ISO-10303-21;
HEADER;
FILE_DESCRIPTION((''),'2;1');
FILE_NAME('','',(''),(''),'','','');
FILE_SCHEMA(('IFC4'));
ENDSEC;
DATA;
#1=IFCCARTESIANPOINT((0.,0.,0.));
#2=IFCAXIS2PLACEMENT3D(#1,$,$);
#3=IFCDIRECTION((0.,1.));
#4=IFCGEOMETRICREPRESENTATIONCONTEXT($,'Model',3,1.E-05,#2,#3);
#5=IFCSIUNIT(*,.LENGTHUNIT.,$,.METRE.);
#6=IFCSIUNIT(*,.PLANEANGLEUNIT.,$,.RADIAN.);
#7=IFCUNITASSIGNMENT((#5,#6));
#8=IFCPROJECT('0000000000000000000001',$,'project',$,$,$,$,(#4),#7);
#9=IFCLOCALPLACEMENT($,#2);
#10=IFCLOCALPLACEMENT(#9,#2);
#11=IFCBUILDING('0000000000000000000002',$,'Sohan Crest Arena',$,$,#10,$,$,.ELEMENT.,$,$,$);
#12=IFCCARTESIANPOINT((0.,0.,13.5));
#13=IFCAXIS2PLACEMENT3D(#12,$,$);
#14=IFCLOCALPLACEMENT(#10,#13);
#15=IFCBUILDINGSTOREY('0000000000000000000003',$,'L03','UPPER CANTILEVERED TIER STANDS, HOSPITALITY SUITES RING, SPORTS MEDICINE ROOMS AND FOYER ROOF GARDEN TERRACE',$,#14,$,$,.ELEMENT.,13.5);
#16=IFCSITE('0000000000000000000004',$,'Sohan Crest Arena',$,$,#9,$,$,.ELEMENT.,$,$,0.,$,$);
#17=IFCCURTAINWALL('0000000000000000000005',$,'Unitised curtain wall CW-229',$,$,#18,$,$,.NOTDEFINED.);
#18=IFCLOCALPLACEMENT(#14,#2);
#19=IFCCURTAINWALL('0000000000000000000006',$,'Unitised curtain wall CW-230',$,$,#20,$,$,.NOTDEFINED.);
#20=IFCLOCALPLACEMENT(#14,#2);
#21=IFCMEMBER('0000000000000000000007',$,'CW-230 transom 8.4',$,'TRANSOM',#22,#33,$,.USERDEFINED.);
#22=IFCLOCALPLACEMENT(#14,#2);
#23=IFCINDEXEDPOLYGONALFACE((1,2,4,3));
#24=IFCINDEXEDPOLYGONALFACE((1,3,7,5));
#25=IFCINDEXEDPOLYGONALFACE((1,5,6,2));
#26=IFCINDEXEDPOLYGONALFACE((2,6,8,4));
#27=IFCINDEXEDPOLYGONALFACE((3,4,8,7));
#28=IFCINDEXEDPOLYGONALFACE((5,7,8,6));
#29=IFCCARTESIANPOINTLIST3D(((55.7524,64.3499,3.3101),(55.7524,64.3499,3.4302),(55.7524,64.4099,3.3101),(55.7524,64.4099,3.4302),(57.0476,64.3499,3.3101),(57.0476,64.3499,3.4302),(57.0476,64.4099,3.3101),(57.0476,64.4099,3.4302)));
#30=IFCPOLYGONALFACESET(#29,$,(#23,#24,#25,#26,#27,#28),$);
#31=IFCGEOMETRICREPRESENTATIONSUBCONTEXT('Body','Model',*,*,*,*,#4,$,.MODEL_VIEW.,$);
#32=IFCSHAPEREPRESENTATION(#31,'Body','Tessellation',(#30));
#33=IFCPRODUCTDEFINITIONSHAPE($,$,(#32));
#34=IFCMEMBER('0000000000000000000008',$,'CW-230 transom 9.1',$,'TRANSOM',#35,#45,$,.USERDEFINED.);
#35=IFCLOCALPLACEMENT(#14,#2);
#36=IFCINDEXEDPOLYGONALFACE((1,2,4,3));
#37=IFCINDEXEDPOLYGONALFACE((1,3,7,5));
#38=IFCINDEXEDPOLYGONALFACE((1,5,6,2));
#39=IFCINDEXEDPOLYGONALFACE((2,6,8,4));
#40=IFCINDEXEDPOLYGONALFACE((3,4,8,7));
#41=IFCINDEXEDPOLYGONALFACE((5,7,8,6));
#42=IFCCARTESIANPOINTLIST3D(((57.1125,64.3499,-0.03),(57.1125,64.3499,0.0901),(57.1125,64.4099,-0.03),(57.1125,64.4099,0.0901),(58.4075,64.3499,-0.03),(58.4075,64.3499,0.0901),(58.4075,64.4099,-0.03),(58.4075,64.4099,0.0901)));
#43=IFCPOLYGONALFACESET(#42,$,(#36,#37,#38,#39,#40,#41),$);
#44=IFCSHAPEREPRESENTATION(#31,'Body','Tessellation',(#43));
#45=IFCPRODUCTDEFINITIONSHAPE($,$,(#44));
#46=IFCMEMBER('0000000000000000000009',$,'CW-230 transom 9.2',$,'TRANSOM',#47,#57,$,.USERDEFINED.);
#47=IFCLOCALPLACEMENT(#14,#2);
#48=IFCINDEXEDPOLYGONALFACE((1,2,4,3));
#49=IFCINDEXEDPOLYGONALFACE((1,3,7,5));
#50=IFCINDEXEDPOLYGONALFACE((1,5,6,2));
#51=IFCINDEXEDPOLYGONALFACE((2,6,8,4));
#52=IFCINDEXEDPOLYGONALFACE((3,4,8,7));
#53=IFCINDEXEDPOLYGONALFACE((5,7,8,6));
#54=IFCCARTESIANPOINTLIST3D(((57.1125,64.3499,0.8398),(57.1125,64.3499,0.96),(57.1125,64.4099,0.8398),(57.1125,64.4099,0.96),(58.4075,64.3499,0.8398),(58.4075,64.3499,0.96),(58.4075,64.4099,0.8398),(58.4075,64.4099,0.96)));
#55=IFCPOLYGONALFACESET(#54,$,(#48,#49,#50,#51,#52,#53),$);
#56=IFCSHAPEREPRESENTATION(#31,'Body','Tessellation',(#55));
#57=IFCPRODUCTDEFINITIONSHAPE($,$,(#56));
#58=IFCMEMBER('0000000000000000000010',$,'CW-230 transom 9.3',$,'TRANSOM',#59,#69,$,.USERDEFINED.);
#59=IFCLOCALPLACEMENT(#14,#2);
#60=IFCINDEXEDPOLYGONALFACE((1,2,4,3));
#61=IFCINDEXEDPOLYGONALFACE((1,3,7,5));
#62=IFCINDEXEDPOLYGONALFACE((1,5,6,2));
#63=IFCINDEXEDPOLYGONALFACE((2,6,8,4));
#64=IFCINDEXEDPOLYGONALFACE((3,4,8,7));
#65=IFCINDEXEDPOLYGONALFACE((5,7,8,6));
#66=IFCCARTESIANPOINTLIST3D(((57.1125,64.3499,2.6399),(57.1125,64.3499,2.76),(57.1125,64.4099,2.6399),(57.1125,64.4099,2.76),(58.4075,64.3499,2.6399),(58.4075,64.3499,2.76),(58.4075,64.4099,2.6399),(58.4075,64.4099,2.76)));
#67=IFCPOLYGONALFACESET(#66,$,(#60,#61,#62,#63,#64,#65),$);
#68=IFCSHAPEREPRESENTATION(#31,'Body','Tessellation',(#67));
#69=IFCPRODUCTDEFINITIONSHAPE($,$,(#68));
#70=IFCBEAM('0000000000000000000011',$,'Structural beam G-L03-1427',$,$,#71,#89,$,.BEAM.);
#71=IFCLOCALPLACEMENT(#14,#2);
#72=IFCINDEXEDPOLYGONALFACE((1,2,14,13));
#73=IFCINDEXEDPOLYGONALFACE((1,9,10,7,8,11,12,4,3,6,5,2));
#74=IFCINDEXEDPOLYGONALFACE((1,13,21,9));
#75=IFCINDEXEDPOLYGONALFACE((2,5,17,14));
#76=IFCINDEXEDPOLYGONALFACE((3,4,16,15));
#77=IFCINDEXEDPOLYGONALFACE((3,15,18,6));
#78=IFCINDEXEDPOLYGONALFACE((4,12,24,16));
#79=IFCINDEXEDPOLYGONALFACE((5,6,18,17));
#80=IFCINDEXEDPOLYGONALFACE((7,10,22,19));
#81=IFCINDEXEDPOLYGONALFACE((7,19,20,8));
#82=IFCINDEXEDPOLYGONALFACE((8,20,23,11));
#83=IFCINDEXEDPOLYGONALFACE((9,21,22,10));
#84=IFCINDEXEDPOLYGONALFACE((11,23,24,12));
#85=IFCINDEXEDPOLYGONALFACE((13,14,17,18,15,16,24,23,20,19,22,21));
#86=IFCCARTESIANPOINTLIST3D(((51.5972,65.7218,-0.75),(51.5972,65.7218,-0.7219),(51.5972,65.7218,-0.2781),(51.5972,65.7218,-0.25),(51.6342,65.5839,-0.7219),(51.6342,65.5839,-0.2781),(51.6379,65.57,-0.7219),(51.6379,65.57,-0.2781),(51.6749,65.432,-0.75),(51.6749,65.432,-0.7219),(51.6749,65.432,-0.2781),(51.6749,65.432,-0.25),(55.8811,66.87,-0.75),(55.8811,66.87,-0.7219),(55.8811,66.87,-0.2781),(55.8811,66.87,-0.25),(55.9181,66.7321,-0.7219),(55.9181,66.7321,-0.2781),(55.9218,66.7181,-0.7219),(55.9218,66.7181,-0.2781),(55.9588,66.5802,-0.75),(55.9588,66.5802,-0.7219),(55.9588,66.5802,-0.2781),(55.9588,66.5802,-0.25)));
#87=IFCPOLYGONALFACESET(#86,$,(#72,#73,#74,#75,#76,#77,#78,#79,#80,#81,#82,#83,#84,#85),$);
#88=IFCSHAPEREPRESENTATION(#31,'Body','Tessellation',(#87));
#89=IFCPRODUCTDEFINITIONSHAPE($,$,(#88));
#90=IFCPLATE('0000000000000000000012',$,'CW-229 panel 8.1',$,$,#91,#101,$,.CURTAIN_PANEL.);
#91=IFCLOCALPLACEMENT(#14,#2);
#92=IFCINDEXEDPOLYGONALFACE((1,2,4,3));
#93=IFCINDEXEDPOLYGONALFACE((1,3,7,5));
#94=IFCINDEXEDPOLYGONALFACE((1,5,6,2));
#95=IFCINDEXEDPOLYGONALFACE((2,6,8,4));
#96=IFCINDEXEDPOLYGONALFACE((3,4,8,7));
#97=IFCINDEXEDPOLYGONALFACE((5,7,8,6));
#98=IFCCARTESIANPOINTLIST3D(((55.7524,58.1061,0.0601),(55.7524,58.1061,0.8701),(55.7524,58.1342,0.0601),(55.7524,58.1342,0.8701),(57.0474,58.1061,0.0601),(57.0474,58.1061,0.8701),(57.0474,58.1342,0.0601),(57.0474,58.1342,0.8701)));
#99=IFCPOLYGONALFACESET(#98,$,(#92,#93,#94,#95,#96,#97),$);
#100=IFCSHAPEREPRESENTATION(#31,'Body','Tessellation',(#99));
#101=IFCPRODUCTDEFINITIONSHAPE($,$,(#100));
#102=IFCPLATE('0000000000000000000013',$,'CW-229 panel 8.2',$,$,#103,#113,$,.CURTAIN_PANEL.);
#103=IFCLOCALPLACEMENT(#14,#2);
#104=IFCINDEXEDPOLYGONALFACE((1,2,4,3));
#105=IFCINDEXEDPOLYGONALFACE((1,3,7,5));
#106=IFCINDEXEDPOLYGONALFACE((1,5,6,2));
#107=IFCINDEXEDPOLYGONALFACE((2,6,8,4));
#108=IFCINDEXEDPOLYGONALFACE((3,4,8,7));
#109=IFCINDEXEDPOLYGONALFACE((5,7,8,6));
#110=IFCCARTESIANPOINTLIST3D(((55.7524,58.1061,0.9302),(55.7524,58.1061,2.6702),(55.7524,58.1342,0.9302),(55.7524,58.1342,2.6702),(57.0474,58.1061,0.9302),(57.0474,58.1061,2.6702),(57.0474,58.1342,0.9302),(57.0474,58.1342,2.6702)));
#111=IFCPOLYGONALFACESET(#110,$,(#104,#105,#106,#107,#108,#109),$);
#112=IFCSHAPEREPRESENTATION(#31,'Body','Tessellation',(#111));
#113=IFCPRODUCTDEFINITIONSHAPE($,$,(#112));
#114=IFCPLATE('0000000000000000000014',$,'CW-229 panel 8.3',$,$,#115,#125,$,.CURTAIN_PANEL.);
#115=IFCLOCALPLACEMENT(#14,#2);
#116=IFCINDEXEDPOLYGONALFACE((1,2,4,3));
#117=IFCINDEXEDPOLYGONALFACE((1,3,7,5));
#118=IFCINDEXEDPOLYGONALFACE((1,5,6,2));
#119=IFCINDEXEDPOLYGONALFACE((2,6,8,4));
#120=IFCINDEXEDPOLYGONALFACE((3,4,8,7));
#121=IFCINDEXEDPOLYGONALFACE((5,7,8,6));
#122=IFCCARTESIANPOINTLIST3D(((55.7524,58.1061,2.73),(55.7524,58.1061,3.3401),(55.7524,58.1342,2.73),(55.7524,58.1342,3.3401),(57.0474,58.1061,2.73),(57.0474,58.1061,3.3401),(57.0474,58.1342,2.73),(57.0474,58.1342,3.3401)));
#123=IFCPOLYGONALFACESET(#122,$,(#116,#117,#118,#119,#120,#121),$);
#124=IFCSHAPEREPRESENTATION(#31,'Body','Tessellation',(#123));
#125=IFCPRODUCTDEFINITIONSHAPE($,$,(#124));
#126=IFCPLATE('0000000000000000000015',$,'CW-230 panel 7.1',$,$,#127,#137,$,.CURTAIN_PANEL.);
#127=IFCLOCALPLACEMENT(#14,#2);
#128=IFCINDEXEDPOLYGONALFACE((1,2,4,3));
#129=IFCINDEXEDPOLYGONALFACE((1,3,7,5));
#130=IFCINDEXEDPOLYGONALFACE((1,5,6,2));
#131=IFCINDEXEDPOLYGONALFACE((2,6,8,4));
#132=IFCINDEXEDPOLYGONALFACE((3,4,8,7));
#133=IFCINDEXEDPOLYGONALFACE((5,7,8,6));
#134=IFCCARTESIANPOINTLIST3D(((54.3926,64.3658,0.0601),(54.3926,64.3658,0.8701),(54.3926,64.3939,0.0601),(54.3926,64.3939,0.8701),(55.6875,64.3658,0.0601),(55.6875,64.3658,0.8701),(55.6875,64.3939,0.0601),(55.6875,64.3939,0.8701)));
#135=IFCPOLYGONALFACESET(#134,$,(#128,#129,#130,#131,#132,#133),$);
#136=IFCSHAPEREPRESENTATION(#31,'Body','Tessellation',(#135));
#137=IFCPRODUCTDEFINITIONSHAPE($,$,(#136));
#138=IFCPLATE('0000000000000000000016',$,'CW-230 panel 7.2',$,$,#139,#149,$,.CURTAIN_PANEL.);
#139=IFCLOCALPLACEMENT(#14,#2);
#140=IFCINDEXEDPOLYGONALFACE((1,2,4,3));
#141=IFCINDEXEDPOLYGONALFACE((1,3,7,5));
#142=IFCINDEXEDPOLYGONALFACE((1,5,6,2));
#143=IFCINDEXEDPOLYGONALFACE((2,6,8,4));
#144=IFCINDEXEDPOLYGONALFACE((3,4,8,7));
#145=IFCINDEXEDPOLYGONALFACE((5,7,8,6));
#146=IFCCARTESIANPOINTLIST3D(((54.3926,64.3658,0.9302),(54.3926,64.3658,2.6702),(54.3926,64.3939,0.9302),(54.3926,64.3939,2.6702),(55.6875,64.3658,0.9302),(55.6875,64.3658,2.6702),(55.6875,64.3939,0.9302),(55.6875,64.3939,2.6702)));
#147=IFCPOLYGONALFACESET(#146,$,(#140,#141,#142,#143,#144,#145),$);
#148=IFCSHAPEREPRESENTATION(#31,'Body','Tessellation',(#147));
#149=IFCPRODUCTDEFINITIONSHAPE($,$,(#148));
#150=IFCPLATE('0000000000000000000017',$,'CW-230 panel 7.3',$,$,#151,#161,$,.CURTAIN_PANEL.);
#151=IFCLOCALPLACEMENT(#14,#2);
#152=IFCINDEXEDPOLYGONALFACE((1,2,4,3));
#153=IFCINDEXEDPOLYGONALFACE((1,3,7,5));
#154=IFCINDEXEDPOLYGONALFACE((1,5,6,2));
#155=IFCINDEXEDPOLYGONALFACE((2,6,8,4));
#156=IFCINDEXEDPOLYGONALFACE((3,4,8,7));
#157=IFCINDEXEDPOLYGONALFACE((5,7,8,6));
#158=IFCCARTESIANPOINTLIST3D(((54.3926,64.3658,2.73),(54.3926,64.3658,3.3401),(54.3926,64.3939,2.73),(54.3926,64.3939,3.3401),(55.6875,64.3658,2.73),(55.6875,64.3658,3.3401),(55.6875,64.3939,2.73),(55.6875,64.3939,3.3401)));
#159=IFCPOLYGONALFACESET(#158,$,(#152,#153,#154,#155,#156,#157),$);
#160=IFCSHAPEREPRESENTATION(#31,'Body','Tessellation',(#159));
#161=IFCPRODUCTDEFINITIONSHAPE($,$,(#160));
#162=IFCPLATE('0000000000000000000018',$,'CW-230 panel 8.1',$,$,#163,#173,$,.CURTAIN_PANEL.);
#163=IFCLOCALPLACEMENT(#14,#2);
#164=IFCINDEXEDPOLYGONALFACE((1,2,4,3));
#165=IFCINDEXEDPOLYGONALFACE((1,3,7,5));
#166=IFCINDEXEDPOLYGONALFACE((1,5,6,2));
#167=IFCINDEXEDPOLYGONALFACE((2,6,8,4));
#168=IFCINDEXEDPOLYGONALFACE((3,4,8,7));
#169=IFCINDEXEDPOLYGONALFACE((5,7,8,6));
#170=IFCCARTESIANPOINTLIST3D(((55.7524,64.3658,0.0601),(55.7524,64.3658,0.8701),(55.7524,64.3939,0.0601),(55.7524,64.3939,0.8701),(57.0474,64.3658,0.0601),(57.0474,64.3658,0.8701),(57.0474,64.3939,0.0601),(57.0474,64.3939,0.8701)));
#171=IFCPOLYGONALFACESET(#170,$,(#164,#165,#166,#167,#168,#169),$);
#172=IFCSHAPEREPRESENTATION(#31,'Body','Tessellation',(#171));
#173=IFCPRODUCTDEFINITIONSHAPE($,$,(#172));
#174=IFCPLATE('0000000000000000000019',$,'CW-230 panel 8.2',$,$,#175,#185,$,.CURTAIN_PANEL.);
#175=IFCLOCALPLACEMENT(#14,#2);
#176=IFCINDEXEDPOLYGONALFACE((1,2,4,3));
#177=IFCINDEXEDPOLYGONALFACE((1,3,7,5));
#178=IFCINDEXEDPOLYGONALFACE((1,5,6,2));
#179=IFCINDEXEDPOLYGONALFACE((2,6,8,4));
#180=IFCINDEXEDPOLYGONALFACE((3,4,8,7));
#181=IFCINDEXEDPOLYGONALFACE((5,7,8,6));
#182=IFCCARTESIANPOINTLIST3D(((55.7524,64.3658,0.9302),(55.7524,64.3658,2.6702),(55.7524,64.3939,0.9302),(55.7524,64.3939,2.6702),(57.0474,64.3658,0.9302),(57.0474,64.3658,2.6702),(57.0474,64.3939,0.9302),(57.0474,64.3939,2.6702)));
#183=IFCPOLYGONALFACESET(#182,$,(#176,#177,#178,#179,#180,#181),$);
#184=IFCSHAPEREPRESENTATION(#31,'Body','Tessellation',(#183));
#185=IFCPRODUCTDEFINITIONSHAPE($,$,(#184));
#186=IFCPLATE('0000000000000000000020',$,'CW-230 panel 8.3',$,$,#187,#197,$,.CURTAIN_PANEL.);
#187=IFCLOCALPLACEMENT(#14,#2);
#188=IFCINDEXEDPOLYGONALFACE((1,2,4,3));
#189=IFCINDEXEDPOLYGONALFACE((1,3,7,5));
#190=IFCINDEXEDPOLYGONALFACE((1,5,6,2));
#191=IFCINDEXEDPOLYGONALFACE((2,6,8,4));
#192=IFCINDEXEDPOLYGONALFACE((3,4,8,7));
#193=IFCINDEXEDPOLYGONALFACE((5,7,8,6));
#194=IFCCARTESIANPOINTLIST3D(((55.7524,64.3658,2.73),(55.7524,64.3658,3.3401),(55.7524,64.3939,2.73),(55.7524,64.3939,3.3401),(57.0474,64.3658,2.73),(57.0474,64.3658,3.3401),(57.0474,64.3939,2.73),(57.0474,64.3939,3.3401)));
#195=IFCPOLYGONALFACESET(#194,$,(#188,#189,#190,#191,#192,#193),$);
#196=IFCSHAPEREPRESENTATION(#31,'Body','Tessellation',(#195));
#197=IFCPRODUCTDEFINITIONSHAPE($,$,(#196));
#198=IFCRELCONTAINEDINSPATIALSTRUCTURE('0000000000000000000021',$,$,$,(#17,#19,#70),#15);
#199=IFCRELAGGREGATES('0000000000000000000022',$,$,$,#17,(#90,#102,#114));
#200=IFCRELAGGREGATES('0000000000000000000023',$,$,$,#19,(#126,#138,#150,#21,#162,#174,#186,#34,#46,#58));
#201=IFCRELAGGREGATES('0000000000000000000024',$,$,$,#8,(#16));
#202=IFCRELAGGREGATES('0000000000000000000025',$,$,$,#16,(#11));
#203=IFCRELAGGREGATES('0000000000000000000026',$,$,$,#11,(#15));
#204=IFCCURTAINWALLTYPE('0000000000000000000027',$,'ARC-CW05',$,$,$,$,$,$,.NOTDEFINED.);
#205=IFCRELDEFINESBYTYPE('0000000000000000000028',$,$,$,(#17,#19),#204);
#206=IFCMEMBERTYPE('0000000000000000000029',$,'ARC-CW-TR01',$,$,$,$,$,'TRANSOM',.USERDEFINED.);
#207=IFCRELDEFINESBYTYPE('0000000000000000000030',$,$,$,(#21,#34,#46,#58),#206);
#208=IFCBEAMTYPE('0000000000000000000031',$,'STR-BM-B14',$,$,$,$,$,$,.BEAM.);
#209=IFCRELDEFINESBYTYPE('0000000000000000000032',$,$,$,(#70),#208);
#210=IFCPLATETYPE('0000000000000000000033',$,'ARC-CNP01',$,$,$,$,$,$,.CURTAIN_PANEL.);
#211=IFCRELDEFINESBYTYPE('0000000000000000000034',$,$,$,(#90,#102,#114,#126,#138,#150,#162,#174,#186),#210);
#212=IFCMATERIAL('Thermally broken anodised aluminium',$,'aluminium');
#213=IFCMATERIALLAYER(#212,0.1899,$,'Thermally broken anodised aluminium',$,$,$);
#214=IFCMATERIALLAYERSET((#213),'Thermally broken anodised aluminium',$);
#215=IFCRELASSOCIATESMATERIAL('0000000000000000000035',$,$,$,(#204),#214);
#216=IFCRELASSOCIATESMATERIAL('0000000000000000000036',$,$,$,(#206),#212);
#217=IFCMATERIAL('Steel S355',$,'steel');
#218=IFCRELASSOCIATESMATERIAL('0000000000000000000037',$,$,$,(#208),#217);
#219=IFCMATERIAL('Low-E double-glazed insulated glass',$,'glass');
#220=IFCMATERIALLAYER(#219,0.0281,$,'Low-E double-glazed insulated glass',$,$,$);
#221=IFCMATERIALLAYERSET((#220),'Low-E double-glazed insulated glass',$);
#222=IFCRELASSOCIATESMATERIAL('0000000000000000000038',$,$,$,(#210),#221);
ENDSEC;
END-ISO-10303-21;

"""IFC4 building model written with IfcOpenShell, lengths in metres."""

from ifc_helpers import new_model, si_unit, direction, frame, origin, origin_2d, place, context, subcontext, project, spatial, rectangle, i_section, extrude, material, layer, layer_set, material_profile, profile_set, type_object, element, aggregate, save


model = new_model("IFC4")

# Units and contexts
model_context = context("Model", 3, precision=1e-05, world=origin(), true_north=direction((0.0, 1.0)))
body_context = subcontext(model_context, "Body", "Model", "MODEL_VIEW")
ifc_project = project(units=[si_unit("LENGTHUNIT", "METRE"), si_unit("PLANEANGLEUNIT", "RADIAN")], contexts=[model_context])

# Site, building, storey
site_placement = place(None, origin())
site = spatial("IfcSite", under=ifc_project, at=site_placement, Name="Sohan Crest Arena", CompositionType="ELEMENT", RefElevation=0.0)
building_placement = place(site_placement, origin())
building = spatial("IfcBuilding", under=site, at=building_placement, Name="Sohan Crest Arena", CompositionType="ELEMENT")
storey_placement = place(building_placement, frame((0.0, 0.0, 13.5)))
storey = spatial("IfcBuildingStorey", under=building, at=storey_placement, Name="L03", Description="UPPER CANTILEVERED TIER STANDS, HOSPITALITY SUITES RING, SPORTS MEDICINE ROOMS AND FOYER ROOF GARDEN TERRACE", CompositionType="ELEMENT", Elevation=13.5)

# Curtain walls
ifc_material_1 = material(Name="Thermally broken anodised aluminium", Category="aluminium")
ifc_layer_1 = layer(ifc_material_1, 0.1899, Name="Thermally broken anodised aluminium")
ifc_layer_set_1 = layer_set([ifc_layer_1], Name="Thermally broken anodised aluminium")
curtain_wall_type = type_object("IfcCurtainWallType", Name="ARC-CW05", PredefinedType="NOTDEFINED", material=ifc_layer_set_1)
curtain_wall_1_placement = place(storey_placement, origin())
curtain_wall_1 = element("IfcCurtainWall", 1, at=curtain_wall_1_placement, inside=storey, type_object=curtain_wall_type, Name="Unitised curtain wall CW-229", PredefinedType="NOTDEFINED")
curtain_wall_2_placement = place(storey_placement, origin())
curtain_wall_2 = element("IfcCurtainWall", 2, at=curtain_wall_2_placement, inside=storey, type_object=curtain_wall_type, Name="Unitised curtain wall CW-230", PredefinedType="NOTDEFINED")

# Members
ifc_material_profile_1 = material_profile(ifc_material_1, rectangle(XDim=0.0601, YDim=0.1201, at=origin_2d()), Name="ALU-TRAN 60x120")
ifc_profile_set_1 = profile_set([ifc_material_profile_1], Name="Thermally broken anodised aluminium")
member_type_1 = type_object("IfcMemberType", Name="ARC-CW-TR01", ElementType="TRANSOM", PredefinedType="USERDEFINED", material=ifc_profile_set_1)
member_1_placement = place(storey_placement, frame((55.7524, 64.3799, 3.3701), z_axis=(1.0, 0.0, 0.0), x_axis=(0.0, 1.0, 0.0)))
member_1 = element("IfcMember", 3, at=member_1_placement, type_object=member_type_1, Name="CW-230 transom 8.4", ObjectType="TRANSOM", PredefinedType="USERDEFINED", context=body_context, shape_type="SweptSolid", body=[
    extrude(rectangle(XDim=0.0601, YDim=0.1201, at=origin_2d()), origin(), (0.0, 0.0, 1.0), 1.2952),
])
member_2_placement = place(storey_placement, frame((57.1125, 64.3799, 0.03), z_axis=(1.0, 0.0, 0.0), x_axis=(0.0, 1.0, 0.0)))
member_2 = element("IfcMember", 4, at=member_2_placement, type_object=member_type_1, Name="CW-230 transom 9.1", ObjectType="TRANSOM", PredefinedType="USERDEFINED", context=body_context, shape_type="SweptSolid", body=[
    extrude(rectangle(XDim=0.0601, YDim=0.1201, at=origin_2d()), origin(), (0.0, 0.0, 1.0), 1.2949),
])
member_3_placement = place(storey_placement, frame((57.1125, 64.3799, 0.8999), z_axis=(1.0, 0.0, 0.0), x_axis=(0.0, 1.0, 0.0)))
member_3 = element("IfcMember", 5, at=member_3_placement, type_object=member_type_1, Name="CW-230 transom 9.2", ObjectType="TRANSOM", PredefinedType="USERDEFINED", context=body_context, shape_type="SweptSolid", body=[
    extrude(rectangle(XDim=0.0601, YDim=0.1201, at=origin_2d()), origin(), (0.0, 0.0, 1.0), 1.2949),
])
member_4_placement = place(storey_placement, frame((57.1125, 64.3799, 2.7), z_axis=(1.0, 0.0, 0.0), x_axis=(0.0, 1.0, 0.0)))
member_4 = element("IfcMember", 6, at=member_4_placement, type_object=member_type_1, Name="CW-230 transom 9.3", ObjectType="TRANSOM", PredefinedType="USERDEFINED", context=body_context, shape_type="SweptSolid", body=[
    extrude(rectangle(XDim=0.0601, YDim=0.1201, at=origin_2d()), origin(), (0.0, 0.0, 1.0), 1.2949),
])

# Beam
ifc_material_2 = material(Name="Steel S355", Category="steel")
ifc_material_profile_2 = material_profile(ifc_material_2, i_section(OverallWidth=0.3, OverallDepth=0.5, WebThickness=0.0144, FlangeThickness=0.0281, at=origin_2d()), Name="HEB 500")
ifc_profile_set_2 = profile_set([ifc_material_profile_2], Name="Steel S355")
beam_type = type_object("IfcBeamType", Name="STR-BM-B14", PredefinedType="BEAM", material=ifc_profile_set_2)
beam_placement = place(storey_placement, frame((55.9199, 66.7251, -0.5), z_axis=(-0.965908, -0.258886, 0.0), x_axis=(0.258886, -0.965908, 0.0)))
element("IfcBeam", 7, at=beam_placement, inside=storey, type_object=beam_type, Name="Structural beam G-L03-1427", PredefinedType="BEAM", context=body_context, shape_type="SweptSolid", body=[
    extrude(i_section(OverallWidth=0.3, OverallDepth=0.5, WebThickness=0.0144, FlangeThickness=0.0281, at=origin_2d()), origin(), (0.0, 0.0, 1.0), 4.4351),
])

# Plates
ifc_material_3 = material(Name="Low-E double-glazed insulated glass", Category="glass")
ifc_layer_2 = layer(ifc_material_3, 0.0281, Name="Low-E double-glazed insulated glass")
ifc_layer_set_2 = layer_set([ifc_layer_2], Name="Low-E double-glazed insulated glass")
plate_type = type_object("IfcPlateType", Name="ARC-CNP01", PredefinedType="CURTAIN_PANEL", material=ifc_layer_set_2)
plate_1_placement = place(storey_placement, frame((56.3999, 58.1201, 0.0601), z_axis=(0.0, 0.0, 1.0), x_axis=(1.0, 0.0, 0.0)))
plate_1 = element("IfcPlate", 8, at=plate_1_placement, type_object=plate_type, Name="CW-229 panel 8.1", PredefinedType="CURTAIN_PANEL", context=body_context, shape_type="SweptSolid", body=[
    extrude(rectangle(XDim=1.2949, YDim=0.0281, at=origin_2d()), origin(), (0.0, 0.0, 1.0), 0.8101),
])
plate_2_placement = place(storey_placement, frame((56.3999, 58.1201, 0.9302), z_axis=(0.0, 0.0, 1.0), x_axis=(1.0, 0.0, 0.0)))
plate_2 = element("IfcPlate", 9, at=plate_2_placement, type_object=plate_type, Name="CW-229 panel 8.2", PredefinedType="CURTAIN_PANEL", context=body_context, shape_type="SweptSolid", body=[
    extrude(rectangle(XDim=1.2949, YDim=0.0281, at=origin_2d()), origin(), (0.0, 0.0, 1.0), 1.74),
])
plate_3_placement = place(storey_placement, frame((56.3999, 58.1201, 2.73), z_axis=(0.0, 0.0, 1.0), x_axis=(1.0, 0.0, 0.0)))
plate_3 = element("IfcPlate", 10, at=plate_3_placement, type_object=plate_type, Name="CW-229 panel 8.3", PredefinedType="CURTAIN_PANEL", context=body_context, shape_type="SweptSolid", body=[
    extrude(rectangle(XDim=1.2949, YDim=0.0281, at=origin_2d()), origin(), (0.0, 0.0, 1.0), 0.6101),
])
aggregate(curtain_wall_1, [plate_1, plate_2, plate_3])
plate_4_placement = place(storey_placement, frame((55.04, 64.3799, 0.0601), z_axis=(0.0, 0.0, 1.0), x_axis=(1.0, 0.0, 0.0)))
plate_4 = element("IfcPlate", 11, at=plate_4_placement, type_object=plate_type, Name="CW-230 panel 7.1", PredefinedType="CURTAIN_PANEL", context=body_context, shape_type="SweptSolid", body=[
    extrude(rectangle(XDim=1.2949, YDim=0.0281, at=origin_2d()), origin(), (0.0, 0.0, 1.0), 0.8101),
])
plate_5_placement = place(storey_placement, frame((55.04, 64.3799, 0.9302), z_axis=(0.0, 0.0, 1.0), x_axis=(1.0, 0.0, 0.0)))
plate_5 = element("IfcPlate", 12, at=plate_5_placement, type_object=plate_type, Name="CW-230 panel 7.2", PredefinedType="CURTAIN_PANEL", context=body_context, shape_type="SweptSolid", body=[
    extrude(rectangle(XDim=1.2949, YDim=0.0281, at=origin_2d()), origin(), (0.0, 0.0, 1.0), 1.74),
])
plate_6_placement = place(storey_placement, frame((55.04, 64.3799, 2.73), z_axis=(0.0, 0.0, 1.0), x_axis=(1.0, 0.0, 0.0)))
plate_6 = element("IfcPlate", 13, at=plate_6_placement, type_object=plate_type, Name="CW-230 panel 7.3", PredefinedType="CURTAIN_PANEL", context=body_context, shape_type="SweptSolid", body=[
    extrude(rectangle(XDim=1.2949, YDim=0.0281, at=origin_2d()), origin(), (0.0, 0.0, 1.0), 0.6101),
])
plate_7_placement = place(storey_placement, frame((56.3999, 64.3799, 0.0601), z_axis=(0.0, 0.0, 1.0), x_axis=(1.0, 0.0, 0.0)))
plate_7 = element("IfcPlate", 14, at=plate_7_placement, type_object=plate_type, Name="CW-230 panel 8.1", PredefinedType="CURTAIN_PANEL", context=body_context, shape_type="SweptSolid", body=[
    extrude(rectangle(XDim=1.2949, YDim=0.0281, at=origin_2d()), origin(), (0.0, 0.0, 1.0), 0.8101),
])
plate_8_placement = place(storey_placement, frame((56.3999, 64.3799, 0.9302), z_axis=(0.0, 0.0, 1.0), x_axis=(1.0, 0.0, 0.0)))
plate_8 = element("IfcPlate", 15, at=plate_8_placement, type_object=plate_type, Name="CW-230 panel 8.2", PredefinedType="CURTAIN_PANEL", context=body_context, shape_type="SweptSolid", body=[
    extrude(rectangle(XDim=1.2949, YDim=0.0281, at=origin_2d()), origin(), (0.0, 0.0, 1.0), 1.74),
])
plate_9_placement = place(storey_placement, frame((56.3999, 64.3799, 2.73), z_axis=(0.0, 0.0, 1.0), x_axis=(1.0, 0.0, 0.0)))
plate_9 = element("IfcPlate", 16, at=plate_9_placement, type_object=plate_type, Name="CW-230 panel 8.3", PredefinedType="CURTAIN_PANEL", context=body_context, shape_type="SweptSolid", body=[
    extrude(rectangle(XDim=1.2949, YDim=0.0281, at=origin_2d()), origin(), (0.0, 0.0, 1.0), 0.6101),
])
aggregate(curtain_wall_2, [plate_4, plate_5, plate_6, member_1, plate_7, plate_8, plate_9, member_2, member_3, member_4])

save(model, "model.ifc")
